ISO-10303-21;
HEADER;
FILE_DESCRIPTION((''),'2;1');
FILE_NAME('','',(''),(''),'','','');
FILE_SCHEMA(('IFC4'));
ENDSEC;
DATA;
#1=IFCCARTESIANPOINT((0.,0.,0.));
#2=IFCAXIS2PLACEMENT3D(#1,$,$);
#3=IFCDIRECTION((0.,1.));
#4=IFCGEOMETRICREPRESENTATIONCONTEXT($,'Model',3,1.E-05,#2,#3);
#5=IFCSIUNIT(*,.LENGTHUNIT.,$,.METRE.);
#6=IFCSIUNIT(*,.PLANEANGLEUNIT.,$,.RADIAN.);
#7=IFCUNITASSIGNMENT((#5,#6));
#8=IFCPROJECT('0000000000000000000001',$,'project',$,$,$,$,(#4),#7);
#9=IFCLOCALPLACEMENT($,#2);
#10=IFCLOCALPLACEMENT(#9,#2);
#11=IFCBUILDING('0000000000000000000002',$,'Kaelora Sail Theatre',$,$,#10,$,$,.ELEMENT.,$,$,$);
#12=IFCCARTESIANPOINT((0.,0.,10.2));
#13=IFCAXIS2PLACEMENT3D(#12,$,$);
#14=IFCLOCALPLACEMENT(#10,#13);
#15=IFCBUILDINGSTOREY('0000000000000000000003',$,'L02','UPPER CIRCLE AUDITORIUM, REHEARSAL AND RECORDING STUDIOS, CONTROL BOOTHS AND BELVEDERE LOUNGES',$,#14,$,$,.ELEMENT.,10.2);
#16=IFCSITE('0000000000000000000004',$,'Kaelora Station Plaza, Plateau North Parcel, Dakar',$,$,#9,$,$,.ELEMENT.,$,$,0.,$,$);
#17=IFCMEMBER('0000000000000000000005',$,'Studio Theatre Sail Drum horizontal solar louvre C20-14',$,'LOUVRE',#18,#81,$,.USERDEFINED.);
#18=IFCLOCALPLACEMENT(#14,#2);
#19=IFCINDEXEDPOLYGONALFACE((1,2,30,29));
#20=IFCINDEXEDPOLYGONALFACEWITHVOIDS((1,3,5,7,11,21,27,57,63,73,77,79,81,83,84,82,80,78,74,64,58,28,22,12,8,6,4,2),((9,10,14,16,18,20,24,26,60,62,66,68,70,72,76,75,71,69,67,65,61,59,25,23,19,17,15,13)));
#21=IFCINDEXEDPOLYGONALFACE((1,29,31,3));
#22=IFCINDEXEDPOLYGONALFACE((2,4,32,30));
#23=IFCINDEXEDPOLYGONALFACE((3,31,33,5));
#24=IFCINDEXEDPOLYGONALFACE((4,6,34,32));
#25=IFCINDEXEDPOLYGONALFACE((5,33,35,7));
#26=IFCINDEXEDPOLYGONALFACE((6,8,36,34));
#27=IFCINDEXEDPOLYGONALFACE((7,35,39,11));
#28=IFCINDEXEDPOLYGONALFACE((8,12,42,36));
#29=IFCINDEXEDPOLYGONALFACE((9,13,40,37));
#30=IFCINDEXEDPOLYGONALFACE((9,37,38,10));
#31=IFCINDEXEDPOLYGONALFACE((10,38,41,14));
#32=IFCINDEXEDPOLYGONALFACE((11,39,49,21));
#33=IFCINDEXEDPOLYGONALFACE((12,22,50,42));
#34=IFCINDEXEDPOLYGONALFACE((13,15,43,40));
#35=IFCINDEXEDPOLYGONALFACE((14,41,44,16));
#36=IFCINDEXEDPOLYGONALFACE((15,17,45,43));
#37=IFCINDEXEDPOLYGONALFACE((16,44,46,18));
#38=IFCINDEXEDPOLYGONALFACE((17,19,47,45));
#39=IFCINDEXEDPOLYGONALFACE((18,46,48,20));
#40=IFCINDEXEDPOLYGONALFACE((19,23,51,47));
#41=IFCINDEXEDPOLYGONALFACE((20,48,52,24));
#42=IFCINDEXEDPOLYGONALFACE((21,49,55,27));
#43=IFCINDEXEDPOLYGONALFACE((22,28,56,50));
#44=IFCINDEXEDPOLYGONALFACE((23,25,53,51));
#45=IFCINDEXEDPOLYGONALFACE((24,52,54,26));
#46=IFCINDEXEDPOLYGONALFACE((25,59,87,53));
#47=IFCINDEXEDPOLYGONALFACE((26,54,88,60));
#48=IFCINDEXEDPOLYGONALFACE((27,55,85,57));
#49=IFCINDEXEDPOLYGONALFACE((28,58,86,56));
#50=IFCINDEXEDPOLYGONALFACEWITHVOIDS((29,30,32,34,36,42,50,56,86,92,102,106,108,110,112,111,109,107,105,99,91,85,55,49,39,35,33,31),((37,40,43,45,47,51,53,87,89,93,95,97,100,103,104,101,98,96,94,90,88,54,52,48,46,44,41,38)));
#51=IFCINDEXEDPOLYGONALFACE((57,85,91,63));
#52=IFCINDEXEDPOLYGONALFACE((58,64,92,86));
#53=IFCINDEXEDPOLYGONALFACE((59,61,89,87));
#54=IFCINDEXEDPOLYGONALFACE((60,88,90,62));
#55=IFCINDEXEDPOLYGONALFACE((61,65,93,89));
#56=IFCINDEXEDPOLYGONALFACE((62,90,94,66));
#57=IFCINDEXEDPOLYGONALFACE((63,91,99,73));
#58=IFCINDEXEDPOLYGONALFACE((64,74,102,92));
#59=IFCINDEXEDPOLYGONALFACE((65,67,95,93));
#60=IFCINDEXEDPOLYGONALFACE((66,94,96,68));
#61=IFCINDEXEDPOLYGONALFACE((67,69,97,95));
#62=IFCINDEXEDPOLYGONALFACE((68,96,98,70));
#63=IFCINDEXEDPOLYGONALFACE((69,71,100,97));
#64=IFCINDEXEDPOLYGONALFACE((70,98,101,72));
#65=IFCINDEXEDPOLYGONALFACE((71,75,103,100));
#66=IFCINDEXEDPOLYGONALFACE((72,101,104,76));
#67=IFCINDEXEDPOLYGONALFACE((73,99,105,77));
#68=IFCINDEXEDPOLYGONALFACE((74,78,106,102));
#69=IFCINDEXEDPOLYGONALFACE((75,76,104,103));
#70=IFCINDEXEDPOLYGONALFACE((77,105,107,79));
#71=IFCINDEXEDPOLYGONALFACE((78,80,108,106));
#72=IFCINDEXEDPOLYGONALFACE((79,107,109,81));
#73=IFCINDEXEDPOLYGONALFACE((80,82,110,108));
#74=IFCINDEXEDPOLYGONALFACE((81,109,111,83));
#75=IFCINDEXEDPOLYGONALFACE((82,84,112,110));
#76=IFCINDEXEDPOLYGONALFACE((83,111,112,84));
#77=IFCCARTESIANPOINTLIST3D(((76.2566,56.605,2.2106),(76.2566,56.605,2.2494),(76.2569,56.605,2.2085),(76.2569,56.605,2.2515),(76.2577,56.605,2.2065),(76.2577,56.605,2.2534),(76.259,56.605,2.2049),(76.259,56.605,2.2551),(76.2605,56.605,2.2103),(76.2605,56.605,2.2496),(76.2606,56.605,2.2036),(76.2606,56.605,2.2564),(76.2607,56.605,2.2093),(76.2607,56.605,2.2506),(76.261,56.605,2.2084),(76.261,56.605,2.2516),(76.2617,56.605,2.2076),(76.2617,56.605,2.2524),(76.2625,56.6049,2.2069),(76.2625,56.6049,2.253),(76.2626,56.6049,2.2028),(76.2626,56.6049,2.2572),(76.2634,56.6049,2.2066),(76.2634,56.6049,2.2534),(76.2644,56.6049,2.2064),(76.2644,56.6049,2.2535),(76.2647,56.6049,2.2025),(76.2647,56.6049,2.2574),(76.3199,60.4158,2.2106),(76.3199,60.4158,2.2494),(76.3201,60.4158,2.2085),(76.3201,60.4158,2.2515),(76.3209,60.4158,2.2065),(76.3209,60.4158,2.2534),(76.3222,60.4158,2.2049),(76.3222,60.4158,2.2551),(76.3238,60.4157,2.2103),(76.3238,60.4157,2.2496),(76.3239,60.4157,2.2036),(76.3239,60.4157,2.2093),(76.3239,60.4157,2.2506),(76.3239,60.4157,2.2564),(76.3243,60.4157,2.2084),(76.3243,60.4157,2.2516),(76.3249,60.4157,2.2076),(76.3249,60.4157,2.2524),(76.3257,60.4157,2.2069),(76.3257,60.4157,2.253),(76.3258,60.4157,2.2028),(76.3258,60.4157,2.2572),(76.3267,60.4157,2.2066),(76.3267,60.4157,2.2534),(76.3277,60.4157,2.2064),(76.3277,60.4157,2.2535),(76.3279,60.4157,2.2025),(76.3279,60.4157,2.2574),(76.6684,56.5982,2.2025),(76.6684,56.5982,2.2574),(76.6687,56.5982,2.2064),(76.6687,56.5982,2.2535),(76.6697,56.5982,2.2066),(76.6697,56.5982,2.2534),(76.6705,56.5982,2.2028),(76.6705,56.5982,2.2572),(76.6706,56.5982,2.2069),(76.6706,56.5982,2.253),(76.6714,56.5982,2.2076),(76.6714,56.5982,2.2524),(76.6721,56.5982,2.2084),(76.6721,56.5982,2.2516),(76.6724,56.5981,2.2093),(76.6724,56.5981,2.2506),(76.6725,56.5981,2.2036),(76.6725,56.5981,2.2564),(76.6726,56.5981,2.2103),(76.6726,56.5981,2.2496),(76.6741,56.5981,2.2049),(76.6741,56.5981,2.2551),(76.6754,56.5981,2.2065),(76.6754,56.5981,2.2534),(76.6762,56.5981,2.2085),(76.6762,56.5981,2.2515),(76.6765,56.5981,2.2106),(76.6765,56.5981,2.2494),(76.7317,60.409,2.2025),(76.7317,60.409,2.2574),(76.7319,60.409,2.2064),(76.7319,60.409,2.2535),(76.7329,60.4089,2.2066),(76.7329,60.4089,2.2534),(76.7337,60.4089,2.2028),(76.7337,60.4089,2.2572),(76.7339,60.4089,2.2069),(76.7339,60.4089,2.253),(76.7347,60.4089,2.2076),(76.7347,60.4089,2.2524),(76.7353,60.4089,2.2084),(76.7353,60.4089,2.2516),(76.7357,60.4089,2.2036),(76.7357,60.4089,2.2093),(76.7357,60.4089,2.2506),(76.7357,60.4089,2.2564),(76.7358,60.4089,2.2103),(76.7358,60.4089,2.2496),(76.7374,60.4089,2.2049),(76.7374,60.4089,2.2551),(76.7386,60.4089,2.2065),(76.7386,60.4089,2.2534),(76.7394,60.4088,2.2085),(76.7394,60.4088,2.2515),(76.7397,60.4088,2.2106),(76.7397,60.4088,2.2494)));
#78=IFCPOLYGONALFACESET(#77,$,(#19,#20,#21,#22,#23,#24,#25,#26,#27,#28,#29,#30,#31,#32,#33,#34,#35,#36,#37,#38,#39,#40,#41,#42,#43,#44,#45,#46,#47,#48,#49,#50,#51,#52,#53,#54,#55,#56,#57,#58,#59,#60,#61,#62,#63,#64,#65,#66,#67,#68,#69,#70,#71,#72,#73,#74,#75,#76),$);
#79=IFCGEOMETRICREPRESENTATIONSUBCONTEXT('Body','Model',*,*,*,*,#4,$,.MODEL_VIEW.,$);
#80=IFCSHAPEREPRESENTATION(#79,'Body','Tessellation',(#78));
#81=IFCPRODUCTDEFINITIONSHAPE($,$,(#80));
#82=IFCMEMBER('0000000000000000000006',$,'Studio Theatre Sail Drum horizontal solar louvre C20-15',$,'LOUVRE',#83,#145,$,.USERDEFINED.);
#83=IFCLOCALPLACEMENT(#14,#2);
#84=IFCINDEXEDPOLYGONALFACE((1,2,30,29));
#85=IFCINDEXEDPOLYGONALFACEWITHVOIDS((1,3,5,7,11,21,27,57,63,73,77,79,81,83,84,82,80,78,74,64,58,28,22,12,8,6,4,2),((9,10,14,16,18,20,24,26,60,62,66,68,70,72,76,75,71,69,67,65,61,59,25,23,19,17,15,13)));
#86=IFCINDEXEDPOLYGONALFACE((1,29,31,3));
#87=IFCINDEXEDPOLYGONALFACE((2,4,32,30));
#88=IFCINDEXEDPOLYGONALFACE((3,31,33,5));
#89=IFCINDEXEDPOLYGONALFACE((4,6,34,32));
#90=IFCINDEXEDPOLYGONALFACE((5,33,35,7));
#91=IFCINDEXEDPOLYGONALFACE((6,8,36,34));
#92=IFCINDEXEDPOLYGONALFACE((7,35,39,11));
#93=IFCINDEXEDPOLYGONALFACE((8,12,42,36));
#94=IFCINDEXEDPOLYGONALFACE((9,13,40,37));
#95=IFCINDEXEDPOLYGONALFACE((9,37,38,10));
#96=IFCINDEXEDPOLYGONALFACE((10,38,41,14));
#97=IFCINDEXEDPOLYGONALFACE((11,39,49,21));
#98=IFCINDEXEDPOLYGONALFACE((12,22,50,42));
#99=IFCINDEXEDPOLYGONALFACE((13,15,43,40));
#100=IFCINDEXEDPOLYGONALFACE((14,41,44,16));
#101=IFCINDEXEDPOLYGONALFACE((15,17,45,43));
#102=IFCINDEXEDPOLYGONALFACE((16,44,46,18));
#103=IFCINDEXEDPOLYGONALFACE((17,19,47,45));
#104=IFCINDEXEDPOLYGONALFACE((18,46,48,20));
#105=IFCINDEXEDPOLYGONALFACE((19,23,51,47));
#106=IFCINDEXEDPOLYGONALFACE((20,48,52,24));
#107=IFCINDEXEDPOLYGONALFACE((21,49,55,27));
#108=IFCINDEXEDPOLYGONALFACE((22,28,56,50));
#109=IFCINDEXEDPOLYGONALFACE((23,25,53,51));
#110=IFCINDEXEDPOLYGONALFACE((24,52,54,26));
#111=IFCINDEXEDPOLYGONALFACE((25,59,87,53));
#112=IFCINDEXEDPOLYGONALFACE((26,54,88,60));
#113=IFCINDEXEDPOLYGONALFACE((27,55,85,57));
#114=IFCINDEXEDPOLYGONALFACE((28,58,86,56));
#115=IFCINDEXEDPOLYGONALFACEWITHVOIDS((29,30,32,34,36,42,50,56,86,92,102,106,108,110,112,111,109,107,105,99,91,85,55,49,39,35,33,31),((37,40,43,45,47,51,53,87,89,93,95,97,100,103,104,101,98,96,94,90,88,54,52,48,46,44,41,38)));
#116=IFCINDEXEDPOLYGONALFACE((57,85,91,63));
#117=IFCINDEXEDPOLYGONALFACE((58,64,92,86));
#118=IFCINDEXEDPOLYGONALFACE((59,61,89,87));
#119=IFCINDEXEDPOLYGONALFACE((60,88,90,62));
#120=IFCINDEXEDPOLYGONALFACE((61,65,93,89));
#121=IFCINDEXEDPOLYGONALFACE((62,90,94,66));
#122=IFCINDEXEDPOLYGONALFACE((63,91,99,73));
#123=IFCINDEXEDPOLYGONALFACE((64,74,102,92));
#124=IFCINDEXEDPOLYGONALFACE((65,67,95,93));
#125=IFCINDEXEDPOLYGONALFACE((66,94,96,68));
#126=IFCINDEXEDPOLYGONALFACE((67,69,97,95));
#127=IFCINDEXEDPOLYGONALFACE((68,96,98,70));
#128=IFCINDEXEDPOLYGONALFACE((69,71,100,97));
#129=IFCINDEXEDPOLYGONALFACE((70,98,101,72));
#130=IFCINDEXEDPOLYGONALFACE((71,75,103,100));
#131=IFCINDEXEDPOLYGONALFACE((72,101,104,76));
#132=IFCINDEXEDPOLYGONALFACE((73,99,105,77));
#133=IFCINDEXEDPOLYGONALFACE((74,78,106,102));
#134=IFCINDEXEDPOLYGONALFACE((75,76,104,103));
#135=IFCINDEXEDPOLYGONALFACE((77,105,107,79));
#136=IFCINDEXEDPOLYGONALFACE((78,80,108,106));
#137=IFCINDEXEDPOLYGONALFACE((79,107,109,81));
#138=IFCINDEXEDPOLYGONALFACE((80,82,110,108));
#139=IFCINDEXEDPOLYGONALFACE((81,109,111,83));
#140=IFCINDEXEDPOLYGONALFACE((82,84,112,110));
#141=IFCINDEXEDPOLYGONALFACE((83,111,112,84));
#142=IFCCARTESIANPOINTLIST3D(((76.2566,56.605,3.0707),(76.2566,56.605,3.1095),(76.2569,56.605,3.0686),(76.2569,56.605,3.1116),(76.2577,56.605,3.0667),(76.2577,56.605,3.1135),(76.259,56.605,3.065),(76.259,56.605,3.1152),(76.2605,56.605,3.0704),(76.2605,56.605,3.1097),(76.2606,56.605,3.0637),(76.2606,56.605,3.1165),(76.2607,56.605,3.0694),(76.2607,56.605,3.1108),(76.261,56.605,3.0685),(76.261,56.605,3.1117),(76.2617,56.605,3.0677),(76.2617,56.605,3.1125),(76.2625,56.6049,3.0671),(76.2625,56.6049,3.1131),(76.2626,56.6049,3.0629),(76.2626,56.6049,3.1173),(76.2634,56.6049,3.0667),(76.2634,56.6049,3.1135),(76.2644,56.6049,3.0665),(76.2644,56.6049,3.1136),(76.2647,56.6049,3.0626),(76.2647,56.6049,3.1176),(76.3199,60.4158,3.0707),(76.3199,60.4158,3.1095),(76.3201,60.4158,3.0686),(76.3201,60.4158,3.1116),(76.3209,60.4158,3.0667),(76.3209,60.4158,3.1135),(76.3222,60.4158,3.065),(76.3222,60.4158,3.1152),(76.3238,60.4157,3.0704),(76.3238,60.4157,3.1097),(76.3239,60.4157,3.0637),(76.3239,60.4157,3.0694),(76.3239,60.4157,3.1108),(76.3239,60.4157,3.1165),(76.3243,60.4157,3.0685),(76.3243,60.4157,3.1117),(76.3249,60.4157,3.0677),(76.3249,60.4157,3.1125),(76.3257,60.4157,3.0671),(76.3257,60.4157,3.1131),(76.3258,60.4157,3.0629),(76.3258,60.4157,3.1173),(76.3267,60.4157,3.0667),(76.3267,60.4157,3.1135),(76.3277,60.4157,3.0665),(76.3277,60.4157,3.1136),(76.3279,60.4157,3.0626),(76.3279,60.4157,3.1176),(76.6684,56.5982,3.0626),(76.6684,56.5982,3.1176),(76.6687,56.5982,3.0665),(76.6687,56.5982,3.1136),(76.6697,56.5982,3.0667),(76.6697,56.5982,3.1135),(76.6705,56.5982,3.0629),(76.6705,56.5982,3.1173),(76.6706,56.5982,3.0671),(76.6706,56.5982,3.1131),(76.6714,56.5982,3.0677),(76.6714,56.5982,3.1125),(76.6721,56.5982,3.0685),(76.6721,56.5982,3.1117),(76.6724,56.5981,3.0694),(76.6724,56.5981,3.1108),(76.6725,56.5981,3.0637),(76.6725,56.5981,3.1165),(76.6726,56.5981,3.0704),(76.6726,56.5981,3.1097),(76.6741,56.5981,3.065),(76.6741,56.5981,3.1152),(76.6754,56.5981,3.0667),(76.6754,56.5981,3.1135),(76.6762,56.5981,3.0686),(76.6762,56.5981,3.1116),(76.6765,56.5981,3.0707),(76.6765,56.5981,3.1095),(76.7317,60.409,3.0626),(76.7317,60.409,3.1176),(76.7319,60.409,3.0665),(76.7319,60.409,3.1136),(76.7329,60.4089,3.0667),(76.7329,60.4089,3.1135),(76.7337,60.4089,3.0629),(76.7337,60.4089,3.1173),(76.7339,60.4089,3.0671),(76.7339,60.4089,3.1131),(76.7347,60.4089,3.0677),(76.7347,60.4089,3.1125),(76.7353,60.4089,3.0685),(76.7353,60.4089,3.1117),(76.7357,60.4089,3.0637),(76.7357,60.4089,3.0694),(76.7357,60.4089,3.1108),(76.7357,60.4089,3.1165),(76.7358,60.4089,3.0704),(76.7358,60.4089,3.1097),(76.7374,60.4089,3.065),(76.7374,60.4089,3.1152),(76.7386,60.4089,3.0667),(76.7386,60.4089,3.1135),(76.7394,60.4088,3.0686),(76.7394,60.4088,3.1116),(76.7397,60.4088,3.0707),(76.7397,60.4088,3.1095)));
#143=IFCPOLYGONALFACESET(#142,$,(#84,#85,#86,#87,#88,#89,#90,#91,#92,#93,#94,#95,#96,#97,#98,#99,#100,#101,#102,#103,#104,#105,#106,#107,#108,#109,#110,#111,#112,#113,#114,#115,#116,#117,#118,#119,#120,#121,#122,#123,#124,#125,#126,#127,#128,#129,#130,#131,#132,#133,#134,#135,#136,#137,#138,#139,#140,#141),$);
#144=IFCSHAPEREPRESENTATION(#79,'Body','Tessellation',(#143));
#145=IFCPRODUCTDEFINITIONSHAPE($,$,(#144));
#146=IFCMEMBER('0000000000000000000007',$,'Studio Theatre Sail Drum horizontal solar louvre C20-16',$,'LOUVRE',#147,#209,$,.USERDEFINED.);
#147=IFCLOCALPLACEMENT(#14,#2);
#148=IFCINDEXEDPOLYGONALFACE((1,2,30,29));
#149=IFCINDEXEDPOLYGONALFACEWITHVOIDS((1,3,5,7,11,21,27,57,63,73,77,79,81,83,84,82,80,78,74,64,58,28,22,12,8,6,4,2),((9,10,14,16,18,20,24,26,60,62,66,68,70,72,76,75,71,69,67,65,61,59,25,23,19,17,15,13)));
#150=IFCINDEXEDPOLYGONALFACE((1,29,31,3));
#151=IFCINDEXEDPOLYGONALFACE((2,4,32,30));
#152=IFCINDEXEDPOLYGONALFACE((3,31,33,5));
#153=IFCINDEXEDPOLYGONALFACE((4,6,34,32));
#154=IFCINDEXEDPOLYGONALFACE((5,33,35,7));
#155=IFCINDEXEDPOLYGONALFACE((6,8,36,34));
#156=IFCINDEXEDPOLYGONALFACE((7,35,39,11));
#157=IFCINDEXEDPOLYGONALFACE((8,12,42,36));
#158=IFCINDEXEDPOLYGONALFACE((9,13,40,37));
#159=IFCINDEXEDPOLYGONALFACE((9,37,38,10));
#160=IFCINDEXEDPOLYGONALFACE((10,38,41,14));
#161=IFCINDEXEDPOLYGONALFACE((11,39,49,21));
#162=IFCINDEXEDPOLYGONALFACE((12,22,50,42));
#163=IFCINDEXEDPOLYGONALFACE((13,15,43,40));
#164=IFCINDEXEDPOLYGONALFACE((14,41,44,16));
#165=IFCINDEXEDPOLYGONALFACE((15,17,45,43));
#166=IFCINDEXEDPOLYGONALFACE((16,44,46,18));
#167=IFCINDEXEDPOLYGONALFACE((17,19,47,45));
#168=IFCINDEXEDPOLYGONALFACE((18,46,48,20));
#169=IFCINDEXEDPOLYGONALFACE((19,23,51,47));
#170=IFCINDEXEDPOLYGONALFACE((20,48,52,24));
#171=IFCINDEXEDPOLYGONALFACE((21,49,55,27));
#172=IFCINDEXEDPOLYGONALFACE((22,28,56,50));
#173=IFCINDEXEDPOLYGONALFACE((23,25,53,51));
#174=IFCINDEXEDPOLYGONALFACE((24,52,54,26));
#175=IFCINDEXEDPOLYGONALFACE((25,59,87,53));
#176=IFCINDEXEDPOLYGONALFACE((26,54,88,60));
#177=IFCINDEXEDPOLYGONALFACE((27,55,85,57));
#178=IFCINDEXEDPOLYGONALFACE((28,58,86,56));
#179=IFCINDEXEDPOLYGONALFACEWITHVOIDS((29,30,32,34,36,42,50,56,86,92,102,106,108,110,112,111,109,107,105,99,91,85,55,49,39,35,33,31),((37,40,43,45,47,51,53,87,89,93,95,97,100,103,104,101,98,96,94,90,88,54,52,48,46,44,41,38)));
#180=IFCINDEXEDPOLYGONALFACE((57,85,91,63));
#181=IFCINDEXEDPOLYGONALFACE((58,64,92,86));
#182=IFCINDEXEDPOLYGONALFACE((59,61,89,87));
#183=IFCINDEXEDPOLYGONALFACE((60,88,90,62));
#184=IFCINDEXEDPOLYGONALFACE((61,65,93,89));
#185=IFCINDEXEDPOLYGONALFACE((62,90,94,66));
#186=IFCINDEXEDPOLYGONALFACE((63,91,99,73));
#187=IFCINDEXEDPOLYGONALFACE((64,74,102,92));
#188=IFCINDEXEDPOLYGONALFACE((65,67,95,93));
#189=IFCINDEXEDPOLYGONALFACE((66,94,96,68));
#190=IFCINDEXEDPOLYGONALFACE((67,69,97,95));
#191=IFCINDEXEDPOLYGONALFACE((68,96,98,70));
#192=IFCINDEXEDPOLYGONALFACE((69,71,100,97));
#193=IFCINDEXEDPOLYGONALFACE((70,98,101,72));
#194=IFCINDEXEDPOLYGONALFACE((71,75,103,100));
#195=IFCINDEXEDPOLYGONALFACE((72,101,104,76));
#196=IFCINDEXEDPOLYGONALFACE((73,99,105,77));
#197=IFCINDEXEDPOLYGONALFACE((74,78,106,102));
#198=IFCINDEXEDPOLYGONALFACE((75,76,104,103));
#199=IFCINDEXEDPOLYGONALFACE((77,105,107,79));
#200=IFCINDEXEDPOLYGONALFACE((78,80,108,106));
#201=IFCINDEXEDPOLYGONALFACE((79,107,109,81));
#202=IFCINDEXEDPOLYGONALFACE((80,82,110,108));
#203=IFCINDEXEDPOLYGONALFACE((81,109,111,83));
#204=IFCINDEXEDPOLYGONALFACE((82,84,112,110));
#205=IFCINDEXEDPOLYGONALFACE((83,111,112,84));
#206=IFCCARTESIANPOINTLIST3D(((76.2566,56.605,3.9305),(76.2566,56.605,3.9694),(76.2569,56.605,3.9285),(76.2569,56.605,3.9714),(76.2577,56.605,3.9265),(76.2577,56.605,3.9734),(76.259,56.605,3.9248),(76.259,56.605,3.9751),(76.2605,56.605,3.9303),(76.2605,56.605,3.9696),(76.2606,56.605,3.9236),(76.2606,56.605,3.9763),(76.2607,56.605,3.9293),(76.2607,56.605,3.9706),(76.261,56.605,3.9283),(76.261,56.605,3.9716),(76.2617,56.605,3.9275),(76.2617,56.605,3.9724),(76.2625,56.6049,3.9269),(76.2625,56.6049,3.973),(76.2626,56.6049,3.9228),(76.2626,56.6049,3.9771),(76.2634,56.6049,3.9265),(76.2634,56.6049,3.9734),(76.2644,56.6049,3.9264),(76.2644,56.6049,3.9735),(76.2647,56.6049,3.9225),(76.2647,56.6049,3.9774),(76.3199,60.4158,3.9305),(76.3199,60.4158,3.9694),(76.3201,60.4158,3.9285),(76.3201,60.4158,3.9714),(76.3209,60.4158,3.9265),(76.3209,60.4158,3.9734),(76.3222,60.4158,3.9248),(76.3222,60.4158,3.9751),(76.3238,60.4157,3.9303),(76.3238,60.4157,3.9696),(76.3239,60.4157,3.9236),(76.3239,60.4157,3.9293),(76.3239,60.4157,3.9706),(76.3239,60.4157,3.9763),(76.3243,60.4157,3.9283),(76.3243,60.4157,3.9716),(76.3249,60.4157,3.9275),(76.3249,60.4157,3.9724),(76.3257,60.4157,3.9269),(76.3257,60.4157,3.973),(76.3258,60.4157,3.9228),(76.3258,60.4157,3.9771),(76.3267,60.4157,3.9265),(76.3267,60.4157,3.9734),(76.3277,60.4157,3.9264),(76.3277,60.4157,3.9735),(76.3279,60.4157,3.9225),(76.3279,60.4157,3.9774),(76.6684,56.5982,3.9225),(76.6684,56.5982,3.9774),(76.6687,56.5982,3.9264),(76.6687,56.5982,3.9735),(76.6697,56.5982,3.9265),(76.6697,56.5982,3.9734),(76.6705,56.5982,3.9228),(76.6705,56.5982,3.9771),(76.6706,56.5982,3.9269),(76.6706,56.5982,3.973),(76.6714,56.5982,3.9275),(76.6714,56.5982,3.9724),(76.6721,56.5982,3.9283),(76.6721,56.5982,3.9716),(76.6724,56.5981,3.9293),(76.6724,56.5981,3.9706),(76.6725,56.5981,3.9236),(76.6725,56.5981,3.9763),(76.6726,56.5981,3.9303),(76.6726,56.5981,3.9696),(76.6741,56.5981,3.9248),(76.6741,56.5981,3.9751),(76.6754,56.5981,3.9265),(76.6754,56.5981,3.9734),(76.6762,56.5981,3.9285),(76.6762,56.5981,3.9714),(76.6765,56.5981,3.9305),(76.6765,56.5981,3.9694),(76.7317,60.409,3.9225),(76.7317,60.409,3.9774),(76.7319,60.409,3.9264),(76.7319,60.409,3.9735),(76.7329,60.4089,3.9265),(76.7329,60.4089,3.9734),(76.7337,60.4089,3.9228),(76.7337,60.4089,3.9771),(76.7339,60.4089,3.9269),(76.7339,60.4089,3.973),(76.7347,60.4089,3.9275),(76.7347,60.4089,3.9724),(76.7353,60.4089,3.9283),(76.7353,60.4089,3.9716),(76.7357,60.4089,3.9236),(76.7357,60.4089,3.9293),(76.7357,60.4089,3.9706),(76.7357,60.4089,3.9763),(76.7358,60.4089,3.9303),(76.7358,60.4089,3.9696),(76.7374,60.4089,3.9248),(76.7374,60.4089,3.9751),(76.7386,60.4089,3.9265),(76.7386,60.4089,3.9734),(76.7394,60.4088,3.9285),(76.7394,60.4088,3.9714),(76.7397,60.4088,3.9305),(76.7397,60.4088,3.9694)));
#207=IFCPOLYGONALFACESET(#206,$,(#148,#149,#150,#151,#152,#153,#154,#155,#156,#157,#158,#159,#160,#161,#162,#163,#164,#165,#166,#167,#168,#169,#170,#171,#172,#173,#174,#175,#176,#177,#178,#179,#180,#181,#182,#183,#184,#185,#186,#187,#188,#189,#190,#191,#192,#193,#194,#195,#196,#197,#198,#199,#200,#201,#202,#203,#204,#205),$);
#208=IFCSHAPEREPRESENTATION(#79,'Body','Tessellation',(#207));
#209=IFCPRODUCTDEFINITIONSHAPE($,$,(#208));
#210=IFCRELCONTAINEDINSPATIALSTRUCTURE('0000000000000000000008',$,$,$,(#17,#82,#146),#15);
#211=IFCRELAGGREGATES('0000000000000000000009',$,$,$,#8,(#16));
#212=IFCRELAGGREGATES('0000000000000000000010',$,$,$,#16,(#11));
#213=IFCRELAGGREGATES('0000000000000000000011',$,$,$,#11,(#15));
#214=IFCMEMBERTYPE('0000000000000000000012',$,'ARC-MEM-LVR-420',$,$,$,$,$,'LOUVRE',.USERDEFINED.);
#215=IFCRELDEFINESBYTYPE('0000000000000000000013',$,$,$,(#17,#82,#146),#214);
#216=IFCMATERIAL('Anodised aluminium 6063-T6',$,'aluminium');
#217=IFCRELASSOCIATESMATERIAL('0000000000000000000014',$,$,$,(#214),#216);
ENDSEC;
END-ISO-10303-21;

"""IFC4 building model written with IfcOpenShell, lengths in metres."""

from ifc_helpers import new_model, si_unit, direction, frame, origin, origin_2d, place, context, subcontext, project, spatial, hollow_rectangle, extrude, material, material_profile, profile_set, type_object, element, save


model = new_model("IFC4")

# Units and contexts
model_context = context("Model", 3, precision=1e-05, world=origin(), true_north=direction((0.0, 1.0)))
body_context = subcontext(model_context, "Body", "Model", "MODEL_VIEW")
ifc_project = project(units=[si_unit("LENGTHUNIT", "METRE"), si_unit("PLANEANGLEUNIT", "RADIAN")], contexts=[model_context])

# Site, building, storey
site_placement = place(None, origin())
site = spatial("IfcSite", under=ifc_project, at=site_placement, Name="Kaelora Station Plaza, Plateau North Parcel, Dakar", CompositionType="ELEMENT", RefElevation=0.0)
building_placement = place(site_placement, origin())
building = spatial("IfcBuilding", under=site, at=building_placement, Name="Kaelora Sail Theatre", CompositionType="ELEMENT")
storey_placement = place(building_placement, frame((0.0, 0.0, 10.2)))
storey = spatial("IfcBuildingStorey", under=building, at=storey_placement, Name="L02", Description="UPPER CIRCLE AUDITORIUM, REHEARSAL AND RECORDING STUDIOS, CONTROL BOOTHS AND BELVEDERE LOUNGES", CompositionType="ELEMENT", Elevation=10.2)

# Members
ifc_material_1 = material(Name="Anodised aluminium 6063-T6", Category="aluminium")
ifc_material_profile_1 = material_profile(ifc_material_1, hollow_rectangle(XDim=0.4199, YDim=0.0549, WallThickness=0.0039, InnerFilletRadius=0.0039, OuterFilletRadius=0.0081, at=origin_2d()), Name="LOUVRE 420x55x4")
ifc_profile_set_1 = profile_set([ifc_material_profile_1], Name="Anodised aluminium 6063-T6")
member_type_1 = type_object("IfcMemberType", Name="ARC-MEM-LVR-420", ElementType="LOUVRE", PredefinedType="USERDEFINED", material=ifc_profile_set_1)
for number, where, z_axis, x_axis, name in (
    (1, (76.4666, 56.6016, 2.23), (0.016591, 0.999862, 0.0), (-0.999862, 0.016591, 0.0), "Studio Theatre Sail Drum horizontal solar louvre C20-14"),
    (2, (76.4666, 56.6016, 3.0901), (0.016591, 0.999862, 0.0), (-0.999862, 0.016591, 0.0), "Studio Theatre Sail Drum horizontal solar louvre C20-15"),
    (3, (76.4666, 56.6016, 3.95), (0.016591, 0.999862, 0.0), (-0.999862, 0.016591, 0.0), "Studio Theatre Sail Drum horizontal solar louvre C20-16"),
):
    element("IfcMember", number, at=place(storey_placement, frame(where, z_axis=z_axis, x_axis=x_axis)), inside=storey, type_object=member_type_1, Name=name, ObjectType="LOUVRE", PredefinedType="USERDEFINED", context=body_context, shape_type="SweptSolid", body=[
        extrude(hollow_rectangle(XDim=0.4199, YDim=0.0549, WallThickness=0.0039, InnerFilletRadius=0.0039, OuterFilletRadius=0.0081, at=origin_2d()), origin(), (0.0, 0.0, 1.0), 3.8113),
    ])

save(model, "model.ifc")
